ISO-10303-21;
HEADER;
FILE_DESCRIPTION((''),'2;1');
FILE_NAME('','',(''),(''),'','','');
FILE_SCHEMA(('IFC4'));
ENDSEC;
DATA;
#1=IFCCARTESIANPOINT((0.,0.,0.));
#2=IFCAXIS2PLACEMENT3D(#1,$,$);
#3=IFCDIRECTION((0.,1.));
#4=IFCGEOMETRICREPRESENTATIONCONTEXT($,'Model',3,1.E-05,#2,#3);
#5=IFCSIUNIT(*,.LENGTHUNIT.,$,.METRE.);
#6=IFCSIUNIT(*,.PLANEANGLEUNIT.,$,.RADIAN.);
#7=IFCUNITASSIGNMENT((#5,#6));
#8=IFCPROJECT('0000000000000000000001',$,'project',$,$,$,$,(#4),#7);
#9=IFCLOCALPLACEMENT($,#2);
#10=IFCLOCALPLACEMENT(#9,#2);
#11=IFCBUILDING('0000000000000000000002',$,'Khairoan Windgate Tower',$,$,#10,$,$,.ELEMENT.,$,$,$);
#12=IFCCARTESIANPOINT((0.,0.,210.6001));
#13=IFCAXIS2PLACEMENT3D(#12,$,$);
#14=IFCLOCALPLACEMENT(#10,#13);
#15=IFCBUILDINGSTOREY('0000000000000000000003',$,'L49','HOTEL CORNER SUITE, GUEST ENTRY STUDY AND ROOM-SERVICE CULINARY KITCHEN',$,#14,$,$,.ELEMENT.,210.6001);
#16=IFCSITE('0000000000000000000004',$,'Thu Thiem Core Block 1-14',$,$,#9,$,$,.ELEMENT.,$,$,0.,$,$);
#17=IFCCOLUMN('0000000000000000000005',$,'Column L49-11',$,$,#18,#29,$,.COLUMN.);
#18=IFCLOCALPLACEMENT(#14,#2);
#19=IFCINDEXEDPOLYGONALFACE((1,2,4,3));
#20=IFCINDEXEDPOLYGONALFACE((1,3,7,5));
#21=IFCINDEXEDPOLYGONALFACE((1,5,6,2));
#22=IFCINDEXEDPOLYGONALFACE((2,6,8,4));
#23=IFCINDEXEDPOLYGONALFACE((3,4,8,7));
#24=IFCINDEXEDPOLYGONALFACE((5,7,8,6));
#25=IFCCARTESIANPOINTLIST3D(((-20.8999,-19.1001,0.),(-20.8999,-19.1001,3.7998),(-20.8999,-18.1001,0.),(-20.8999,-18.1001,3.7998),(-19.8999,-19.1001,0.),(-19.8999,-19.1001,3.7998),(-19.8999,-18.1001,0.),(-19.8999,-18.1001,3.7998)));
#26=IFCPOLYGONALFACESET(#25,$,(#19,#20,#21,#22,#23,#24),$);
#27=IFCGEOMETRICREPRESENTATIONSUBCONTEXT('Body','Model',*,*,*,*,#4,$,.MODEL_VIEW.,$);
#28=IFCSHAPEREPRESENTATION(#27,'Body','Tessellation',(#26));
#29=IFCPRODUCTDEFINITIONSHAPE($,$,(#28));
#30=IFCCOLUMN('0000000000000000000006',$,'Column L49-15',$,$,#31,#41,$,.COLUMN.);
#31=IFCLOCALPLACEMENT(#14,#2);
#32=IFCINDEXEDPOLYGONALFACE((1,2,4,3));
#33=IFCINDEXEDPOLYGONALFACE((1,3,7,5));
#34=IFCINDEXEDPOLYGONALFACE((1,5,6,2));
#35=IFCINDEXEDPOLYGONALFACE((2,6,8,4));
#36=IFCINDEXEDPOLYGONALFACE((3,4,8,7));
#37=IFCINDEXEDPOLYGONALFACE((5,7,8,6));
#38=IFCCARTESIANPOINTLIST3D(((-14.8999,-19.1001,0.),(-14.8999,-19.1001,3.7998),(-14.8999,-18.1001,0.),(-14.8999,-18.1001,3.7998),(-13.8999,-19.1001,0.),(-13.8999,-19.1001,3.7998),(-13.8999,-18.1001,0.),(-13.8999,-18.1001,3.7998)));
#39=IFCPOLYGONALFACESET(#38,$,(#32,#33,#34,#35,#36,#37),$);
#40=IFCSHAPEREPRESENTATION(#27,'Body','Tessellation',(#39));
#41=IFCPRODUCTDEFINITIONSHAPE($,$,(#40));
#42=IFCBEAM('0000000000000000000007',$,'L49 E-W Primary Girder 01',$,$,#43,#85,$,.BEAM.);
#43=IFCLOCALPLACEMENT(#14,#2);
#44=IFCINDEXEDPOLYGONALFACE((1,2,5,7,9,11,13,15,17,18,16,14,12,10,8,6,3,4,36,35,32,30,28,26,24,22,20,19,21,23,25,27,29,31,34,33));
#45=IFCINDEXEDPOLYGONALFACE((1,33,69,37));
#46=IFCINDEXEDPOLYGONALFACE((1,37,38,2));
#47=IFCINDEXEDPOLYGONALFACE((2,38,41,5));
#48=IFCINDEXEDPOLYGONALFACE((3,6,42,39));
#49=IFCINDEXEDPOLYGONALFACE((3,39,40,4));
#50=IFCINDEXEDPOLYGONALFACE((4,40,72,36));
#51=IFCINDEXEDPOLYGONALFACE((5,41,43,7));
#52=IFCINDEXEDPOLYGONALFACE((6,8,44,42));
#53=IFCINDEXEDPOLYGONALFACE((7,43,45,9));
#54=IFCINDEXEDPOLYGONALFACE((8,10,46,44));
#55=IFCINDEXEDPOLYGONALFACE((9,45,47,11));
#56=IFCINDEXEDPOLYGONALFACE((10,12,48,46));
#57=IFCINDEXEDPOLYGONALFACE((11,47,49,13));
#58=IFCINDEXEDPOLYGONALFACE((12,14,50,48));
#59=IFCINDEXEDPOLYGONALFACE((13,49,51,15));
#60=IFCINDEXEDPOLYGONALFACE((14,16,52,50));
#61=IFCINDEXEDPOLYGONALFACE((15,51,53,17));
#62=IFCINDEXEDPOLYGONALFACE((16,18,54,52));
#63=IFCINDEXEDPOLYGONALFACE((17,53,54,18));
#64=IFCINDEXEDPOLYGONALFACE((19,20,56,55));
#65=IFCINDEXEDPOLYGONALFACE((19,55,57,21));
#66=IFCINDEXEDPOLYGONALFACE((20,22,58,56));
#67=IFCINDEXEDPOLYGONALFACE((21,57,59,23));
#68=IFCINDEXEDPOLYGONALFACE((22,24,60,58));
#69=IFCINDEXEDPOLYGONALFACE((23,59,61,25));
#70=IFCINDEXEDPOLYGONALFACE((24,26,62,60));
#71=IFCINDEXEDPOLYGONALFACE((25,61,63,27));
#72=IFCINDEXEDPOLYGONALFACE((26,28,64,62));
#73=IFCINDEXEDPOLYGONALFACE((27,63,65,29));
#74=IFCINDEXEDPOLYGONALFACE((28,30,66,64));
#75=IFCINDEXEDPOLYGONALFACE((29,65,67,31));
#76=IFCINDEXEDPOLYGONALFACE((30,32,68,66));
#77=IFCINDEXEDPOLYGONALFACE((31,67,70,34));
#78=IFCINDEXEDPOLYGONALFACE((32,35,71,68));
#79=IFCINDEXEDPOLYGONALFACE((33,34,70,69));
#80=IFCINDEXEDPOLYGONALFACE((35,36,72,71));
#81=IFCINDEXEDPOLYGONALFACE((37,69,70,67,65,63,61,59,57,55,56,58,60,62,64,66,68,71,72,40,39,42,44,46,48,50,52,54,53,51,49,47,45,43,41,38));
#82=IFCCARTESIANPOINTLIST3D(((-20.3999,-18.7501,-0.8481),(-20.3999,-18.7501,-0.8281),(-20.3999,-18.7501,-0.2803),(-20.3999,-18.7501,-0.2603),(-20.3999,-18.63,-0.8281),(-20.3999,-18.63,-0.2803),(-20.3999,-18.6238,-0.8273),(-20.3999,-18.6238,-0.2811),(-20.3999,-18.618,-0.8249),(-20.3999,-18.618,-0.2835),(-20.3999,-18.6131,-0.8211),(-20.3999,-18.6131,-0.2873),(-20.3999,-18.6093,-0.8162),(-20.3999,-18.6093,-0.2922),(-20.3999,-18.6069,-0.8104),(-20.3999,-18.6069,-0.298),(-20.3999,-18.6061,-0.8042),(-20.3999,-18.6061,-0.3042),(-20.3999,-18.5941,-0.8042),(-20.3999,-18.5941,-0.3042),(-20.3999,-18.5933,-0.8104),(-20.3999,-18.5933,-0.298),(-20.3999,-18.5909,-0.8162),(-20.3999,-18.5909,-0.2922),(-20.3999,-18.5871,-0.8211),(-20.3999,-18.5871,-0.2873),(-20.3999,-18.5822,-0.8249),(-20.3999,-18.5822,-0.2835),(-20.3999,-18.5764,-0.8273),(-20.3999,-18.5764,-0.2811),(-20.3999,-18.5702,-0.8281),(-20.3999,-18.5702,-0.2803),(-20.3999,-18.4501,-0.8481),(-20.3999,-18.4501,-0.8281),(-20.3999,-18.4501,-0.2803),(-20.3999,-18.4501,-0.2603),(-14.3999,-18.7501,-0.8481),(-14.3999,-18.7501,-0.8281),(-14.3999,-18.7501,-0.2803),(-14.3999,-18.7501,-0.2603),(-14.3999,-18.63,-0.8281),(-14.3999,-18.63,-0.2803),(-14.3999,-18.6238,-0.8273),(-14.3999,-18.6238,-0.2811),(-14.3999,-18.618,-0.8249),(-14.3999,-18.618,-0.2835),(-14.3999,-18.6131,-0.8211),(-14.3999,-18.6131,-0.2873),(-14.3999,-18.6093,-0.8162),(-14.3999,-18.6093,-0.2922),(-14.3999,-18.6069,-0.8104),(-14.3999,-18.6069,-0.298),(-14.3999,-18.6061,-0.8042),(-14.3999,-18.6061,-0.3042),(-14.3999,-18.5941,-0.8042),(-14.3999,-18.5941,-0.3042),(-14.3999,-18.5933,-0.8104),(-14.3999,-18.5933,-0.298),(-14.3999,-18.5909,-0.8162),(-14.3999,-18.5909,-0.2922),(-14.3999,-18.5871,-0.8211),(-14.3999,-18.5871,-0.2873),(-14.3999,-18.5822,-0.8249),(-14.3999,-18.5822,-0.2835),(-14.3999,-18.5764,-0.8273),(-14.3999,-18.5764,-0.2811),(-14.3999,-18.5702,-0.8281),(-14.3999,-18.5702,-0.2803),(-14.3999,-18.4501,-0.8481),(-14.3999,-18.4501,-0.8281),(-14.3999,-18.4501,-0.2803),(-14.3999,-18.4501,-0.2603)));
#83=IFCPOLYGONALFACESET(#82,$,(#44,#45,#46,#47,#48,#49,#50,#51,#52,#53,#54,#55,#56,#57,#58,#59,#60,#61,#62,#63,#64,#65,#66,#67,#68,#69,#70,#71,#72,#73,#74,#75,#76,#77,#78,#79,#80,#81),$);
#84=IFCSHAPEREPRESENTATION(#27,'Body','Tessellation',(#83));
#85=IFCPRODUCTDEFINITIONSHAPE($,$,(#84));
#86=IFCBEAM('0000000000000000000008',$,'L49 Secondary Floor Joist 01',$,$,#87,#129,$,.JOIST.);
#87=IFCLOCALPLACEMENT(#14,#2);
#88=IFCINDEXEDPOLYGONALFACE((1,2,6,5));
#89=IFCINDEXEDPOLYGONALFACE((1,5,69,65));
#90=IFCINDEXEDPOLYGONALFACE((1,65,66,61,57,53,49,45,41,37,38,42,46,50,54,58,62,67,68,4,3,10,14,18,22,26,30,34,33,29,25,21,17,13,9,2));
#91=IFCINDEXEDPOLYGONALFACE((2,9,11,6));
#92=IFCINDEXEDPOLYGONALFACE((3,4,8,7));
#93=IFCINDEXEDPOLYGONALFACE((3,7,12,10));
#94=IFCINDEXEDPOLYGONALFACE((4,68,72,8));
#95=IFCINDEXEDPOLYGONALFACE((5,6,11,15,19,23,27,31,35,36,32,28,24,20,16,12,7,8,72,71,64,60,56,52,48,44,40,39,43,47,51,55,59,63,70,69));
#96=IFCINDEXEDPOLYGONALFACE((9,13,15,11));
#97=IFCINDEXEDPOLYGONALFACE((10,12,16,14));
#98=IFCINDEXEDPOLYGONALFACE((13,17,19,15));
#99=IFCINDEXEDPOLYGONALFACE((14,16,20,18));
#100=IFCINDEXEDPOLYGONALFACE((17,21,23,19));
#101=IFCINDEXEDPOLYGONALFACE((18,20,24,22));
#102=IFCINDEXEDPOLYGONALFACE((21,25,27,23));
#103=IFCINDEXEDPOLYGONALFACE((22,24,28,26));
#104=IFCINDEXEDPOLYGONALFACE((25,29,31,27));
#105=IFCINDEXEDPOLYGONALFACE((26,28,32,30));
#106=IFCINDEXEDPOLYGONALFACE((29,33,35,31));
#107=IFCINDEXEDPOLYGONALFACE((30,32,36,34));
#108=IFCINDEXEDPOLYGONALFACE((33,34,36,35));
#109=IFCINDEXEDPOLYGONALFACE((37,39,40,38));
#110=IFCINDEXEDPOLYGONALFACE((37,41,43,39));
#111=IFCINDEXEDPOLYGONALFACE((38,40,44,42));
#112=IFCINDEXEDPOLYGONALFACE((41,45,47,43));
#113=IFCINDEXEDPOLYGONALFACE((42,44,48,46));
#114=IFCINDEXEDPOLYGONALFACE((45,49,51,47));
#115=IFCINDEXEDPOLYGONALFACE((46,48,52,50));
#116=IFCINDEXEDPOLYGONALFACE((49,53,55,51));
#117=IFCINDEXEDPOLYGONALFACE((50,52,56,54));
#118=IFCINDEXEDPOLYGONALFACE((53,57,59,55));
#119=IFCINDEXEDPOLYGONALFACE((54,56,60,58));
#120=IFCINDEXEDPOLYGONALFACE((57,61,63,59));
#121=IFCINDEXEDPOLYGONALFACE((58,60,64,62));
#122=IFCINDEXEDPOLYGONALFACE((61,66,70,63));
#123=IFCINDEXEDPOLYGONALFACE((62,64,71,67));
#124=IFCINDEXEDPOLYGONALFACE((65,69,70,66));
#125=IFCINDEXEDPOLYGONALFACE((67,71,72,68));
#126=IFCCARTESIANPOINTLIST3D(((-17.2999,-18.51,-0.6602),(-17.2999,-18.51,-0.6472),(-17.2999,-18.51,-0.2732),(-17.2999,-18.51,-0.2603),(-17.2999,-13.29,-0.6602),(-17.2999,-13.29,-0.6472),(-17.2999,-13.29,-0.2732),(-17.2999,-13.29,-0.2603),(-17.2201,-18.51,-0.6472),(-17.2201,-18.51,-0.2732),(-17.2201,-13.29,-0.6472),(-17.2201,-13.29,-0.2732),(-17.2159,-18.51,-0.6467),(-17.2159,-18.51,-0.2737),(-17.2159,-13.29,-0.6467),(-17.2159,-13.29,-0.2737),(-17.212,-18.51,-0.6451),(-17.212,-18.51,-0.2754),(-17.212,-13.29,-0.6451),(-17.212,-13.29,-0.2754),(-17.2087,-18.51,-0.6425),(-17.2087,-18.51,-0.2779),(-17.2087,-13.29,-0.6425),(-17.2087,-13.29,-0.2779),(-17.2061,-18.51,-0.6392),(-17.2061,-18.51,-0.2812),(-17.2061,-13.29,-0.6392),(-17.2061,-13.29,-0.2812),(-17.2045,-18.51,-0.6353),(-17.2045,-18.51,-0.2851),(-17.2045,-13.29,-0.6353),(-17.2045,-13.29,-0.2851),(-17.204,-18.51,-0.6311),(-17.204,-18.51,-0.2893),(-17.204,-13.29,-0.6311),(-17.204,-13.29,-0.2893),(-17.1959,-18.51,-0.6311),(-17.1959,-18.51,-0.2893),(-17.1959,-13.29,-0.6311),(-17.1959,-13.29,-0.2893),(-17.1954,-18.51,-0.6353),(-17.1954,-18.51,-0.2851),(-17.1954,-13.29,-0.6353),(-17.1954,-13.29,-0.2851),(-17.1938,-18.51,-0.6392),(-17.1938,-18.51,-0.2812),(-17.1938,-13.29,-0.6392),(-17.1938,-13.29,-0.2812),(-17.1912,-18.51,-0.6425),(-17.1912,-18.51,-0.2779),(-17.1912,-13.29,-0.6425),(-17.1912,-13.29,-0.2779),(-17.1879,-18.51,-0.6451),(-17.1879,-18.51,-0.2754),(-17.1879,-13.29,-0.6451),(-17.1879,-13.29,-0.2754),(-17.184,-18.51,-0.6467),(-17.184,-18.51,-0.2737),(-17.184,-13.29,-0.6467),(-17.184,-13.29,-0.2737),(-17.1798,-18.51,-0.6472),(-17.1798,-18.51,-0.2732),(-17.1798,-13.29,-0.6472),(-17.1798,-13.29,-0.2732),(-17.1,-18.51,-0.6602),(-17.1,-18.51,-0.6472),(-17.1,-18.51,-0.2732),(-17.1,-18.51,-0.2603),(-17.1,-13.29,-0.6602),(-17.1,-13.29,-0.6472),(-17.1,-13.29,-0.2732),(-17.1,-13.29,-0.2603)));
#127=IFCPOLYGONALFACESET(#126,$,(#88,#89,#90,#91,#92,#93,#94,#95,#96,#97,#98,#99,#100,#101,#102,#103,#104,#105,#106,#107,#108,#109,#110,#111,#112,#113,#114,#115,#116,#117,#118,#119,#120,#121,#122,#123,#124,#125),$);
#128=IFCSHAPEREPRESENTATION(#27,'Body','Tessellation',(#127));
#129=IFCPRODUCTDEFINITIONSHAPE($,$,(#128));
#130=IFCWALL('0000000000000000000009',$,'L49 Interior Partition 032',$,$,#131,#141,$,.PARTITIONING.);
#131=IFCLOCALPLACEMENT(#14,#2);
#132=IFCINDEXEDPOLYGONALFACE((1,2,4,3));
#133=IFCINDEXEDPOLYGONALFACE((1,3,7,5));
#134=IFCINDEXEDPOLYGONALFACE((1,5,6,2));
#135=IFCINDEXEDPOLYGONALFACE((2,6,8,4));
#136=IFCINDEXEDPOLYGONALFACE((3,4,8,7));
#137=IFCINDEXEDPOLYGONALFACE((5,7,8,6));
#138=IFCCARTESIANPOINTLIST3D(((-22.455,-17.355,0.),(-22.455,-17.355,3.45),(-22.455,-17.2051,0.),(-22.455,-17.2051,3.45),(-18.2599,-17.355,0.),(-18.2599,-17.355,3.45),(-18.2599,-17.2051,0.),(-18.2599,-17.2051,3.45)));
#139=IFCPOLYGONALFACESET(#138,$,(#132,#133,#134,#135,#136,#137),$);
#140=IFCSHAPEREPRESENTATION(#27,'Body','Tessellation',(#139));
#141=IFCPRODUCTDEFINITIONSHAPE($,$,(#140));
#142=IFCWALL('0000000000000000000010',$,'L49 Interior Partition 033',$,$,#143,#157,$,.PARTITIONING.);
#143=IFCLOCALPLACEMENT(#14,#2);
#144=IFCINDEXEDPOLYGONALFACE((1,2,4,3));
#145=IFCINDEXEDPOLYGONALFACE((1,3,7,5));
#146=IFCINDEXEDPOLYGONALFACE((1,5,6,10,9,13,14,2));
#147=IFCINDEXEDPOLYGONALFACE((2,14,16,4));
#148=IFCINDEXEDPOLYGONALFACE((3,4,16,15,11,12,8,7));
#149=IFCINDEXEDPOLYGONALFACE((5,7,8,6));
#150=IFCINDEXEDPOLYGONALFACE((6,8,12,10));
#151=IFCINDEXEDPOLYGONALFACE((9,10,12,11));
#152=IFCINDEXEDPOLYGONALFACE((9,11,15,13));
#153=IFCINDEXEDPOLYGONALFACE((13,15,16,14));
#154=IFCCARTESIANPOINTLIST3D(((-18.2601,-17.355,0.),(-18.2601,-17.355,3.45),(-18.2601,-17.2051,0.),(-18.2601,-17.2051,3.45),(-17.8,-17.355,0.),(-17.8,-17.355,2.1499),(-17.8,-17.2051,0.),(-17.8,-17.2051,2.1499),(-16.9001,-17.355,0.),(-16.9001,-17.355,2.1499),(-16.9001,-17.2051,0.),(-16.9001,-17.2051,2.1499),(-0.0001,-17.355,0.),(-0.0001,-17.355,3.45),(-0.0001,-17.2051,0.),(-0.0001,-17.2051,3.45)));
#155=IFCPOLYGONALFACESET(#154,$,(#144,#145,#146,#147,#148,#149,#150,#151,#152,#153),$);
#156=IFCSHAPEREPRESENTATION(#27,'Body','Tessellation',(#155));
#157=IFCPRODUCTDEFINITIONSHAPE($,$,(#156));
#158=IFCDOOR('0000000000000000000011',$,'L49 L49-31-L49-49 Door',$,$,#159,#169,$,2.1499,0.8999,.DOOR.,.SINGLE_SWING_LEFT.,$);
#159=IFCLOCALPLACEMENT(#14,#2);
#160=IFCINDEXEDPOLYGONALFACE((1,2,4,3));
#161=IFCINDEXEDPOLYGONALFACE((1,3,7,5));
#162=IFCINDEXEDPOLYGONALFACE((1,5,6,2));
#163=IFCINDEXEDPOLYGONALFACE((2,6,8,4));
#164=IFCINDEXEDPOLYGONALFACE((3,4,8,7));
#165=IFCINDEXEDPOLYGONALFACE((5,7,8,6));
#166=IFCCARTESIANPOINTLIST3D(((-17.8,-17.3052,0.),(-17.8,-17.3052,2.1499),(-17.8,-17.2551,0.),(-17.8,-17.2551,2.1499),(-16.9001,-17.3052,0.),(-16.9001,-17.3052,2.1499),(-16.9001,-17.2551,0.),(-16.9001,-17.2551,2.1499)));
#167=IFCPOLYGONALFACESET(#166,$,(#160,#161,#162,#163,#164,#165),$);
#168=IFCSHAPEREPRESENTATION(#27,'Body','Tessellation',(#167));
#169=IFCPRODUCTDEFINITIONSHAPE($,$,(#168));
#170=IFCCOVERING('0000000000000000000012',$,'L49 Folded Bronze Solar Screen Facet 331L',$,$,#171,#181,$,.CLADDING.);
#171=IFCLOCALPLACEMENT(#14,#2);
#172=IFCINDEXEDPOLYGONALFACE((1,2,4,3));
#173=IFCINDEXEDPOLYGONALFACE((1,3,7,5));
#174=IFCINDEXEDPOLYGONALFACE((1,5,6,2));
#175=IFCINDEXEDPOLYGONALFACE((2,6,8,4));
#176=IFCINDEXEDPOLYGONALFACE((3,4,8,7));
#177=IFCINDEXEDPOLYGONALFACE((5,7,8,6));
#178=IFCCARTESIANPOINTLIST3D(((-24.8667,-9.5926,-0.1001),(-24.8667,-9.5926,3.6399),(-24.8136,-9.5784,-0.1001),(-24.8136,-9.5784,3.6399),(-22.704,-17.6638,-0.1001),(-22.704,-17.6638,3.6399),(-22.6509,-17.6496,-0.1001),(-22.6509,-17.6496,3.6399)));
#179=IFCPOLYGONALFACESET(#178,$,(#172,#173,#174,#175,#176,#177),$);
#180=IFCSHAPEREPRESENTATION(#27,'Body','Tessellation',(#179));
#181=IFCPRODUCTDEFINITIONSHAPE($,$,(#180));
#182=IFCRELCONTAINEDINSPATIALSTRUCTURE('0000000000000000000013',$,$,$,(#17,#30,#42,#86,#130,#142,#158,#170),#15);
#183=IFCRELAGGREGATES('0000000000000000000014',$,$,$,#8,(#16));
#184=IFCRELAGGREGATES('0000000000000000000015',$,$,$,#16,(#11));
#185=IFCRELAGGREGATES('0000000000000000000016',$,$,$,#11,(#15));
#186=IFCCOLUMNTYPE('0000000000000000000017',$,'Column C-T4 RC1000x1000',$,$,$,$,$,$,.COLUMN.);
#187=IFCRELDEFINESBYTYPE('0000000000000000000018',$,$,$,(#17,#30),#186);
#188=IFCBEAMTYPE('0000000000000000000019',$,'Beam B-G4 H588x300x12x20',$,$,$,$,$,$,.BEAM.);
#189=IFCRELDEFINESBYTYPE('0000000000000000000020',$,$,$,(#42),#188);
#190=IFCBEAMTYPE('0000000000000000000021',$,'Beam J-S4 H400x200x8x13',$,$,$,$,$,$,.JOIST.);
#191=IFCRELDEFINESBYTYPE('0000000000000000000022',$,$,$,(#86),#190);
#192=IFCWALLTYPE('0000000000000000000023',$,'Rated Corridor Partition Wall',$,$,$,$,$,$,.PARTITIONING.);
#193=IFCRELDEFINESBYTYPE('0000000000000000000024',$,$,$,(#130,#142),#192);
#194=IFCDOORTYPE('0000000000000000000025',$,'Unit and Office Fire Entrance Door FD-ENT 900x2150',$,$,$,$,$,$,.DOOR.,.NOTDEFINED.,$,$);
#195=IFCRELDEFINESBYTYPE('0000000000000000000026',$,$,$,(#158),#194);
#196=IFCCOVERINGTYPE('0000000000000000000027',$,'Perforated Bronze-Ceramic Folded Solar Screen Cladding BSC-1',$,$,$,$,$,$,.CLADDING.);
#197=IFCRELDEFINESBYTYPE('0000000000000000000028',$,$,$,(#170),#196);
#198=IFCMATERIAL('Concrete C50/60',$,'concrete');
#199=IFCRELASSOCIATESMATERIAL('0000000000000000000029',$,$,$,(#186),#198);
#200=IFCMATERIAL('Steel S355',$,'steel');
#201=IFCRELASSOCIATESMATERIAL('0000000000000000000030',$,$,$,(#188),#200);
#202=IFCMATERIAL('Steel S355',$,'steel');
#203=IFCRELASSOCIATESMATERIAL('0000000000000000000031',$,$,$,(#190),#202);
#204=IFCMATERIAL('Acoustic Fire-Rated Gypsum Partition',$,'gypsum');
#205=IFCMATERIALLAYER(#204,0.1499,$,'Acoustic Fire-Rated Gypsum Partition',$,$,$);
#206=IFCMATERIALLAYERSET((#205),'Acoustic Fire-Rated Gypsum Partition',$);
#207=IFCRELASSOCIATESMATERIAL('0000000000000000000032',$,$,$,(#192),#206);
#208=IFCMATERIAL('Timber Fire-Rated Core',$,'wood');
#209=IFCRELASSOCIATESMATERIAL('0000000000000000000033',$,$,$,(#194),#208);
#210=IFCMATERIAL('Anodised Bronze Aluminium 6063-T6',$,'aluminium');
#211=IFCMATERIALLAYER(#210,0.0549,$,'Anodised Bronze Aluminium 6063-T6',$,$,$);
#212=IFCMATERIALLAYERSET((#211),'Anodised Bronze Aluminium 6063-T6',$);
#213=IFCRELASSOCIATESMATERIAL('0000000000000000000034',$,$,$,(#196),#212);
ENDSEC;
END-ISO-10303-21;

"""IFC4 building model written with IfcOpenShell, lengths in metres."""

from ifc_helpers import new_model, si_unit, direction, frame, frame_2d, origin, origin_2d, place, context, subcontext, project, spatial, rectangle, i_section, extrude, material, layer, layer_set, material_profile, profile_set, type_object, element, fill, save


model = new_model("IFC4")

# Units and contexts
model_context = context("Model", 3, precision=1e-05, world=origin(), true_north=direction((0.0, 1.0)))
body_context = subcontext(model_context, "Body", "Model", "MODEL_VIEW")
ifc_project = project(units=[si_unit("LENGTHUNIT", "METRE"), si_unit("PLANEANGLEUNIT", "RADIAN")], contexts=[model_context])

# Site, building, storey
site_placement = place(None, origin())
site = spatial("IfcSite", under=ifc_project, at=site_placement, Name="Thu Thiem Core Block 1-14", CompositionType="ELEMENT", RefElevation=0.0)
building_placement = place(site_placement, origin())
building = spatial("IfcBuilding", under=site, at=building_placement, Name="Khairoan Windgate Tower", CompositionType="ELEMENT")
storey_placement = place(building_placement, frame((0.0, 0.0, 210.6001)))
storey = spatial("IfcBuildingStorey", under=building, at=storey_placement, Name="L49", Description="HOTEL CORNER SUITE, GUEST ENTRY STUDY AND ROOM-SERVICE CULINARY KITCHEN", CompositionType="ELEMENT", Elevation=210.6001)

# Columns
ifc_material_1 = material(Name="Concrete C50/60", Category="concrete")
ifc_material_profile_1 = material_profile(ifc_material_1, rectangle(XDim=1.0, YDim=1.0, at=origin_2d()))
ifc_profile_set_1 = profile_set([ifc_material_profile_1], Name="Concrete C50/60")
column_type = type_object("IfcColumnType", Name="Column C-T4 RC1000x1000", PredefinedType="COLUMN", material=ifc_profile_set_1)
for number, where, z_axis, x_axis, name in (
    (1, (-20.3999, -18.6001, 0.0), (0.0, 0.0, 1.0), (1.0, 0.0, 0.0), "Column L49-11"),
    (2, (-14.3999, -18.6001, 0.0), (0.0, 0.0, 1.0), (1.0, 0.0, 0.0), "Column L49-15"),
):
    element("IfcColumn", number, at=place(storey_placement, frame(where, z_axis=z_axis, x_axis=x_axis)), inside=storey, type_object=column_type, Name=name, PredefinedType="COLUMN", context=body_context, shape_type="SweptSolid", body=[
        extrude(rectangle(XDim=1.0, YDim=1.0, at=origin_2d()), origin(), (0.0, 0.0, 1.0), 3.7998),
    ])

# Beams
ifc_material_2 = material(Name="Steel S355", Category="steel")
ifc_material_profile_2 = material_profile(ifc_material_2, i_section(OverallWidth=0.3, OverallDepth=0.5879, WebThickness=0.012, FlangeThickness=0.02, FilletRadius=0.0239, at=origin_2d()))
ifc_profile_set_2 = profile_set([ifc_material_profile_2], Name="Steel S355")
beam_type_1 = type_object("IfcBeamType", Name="Beam B-G4 H588x300x12x20", PredefinedType="BEAM", material=ifc_profile_set_2)
beam_1_placement = place(storey_placement, frame((-20.3999, -18.6001, -0.5542), z_axis=(1.0, 0.0, 0.0), x_axis=(0.0, 1.0, 0.0)))
element("IfcBeam", 3, at=beam_1_placement, inside=storey, type_object=beam_type_1, Name="L49 E-W Primary Girder 01", PredefinedType="BEAM", context=body_context, shape_type="SweptSolid", body=[
    extrude(i_section(OverallWidth=0.3, OverallDepth=0.5879, WebThickness=0.012, FlangeThickness=0.02, FilletRadius=0.0239, at=origin_2d()), origin(), (0.0, 0.0, 1.0), 6.0),
])
ifc_material_3 = material(Name="Steel S355", Category="steel")
ifc_material_profile_3 = material_profile(ifc_material_3, i_section(OverallWidth=0.2, OverallDepth=0.3999, WebThickness=0.0081, FlangeThickness=0.0129, FilletRadius=0.0161, at=origin_2d()))
ifc_profile_set_3 = profile_set([ifc_material_profile_3], Name="Steel S355")
beam_type_2 = type_object("IfcBeamType", Name="Beam J-S4 H400x200x8x13", PredefinedType="JOIST", material=ifc_profile_set_3)
beam_2_placement = place(storey_placement, frame((-17.2, -18.51, -0.4602), z_axis=(0.0, 1.0, 0.0), x_axis=(-1.0, 0.0, 0.0)))
element("IfcBeam", 4, at=beam_2_placement, inside=storey, type_object=beam_type_2, Name="L49 Secondary Floor Joist 01", PredefinedType="JOIST", context=body_context, shape_type="SweptSolid", body=[
    extrude(i_section(OverallWidth=0.2, OverallDepth=0.3999, WebThickness=0.0081, FlangeThickness=0.0129, FilletRadius=0.0161, at=origin_2d()), origin(), (0.0, 0.0, 1.0), 5.22),
])

# Wall
ifc_material_4 = material(Name="Acoustic Fire-Rated Gypsum Partition", Category="gypsum")
ifc_layer_1 = layer(ifc_material_4, 0.1499, Name="Acoustic Fire-Rated Gypsum Partition")
ifc_layer_set_1 = layer_set([ifc_layer_1], Name="Acoustic Fire-Rated Gypsum Partition")
wall_type = type_object("IfcWallType", Name="Rated Corridor Partition Wall", PredefinedType="PARTITIONING", material=ifc_layer_set_1)
wall_1_placement = place(storey_placement, frame((-22.4551, -17.28, 0.0), z_axis=(0.0, 0.0, 1.0), x_axis=(1.0, 0.0, 0.0)))
element("IfcWall", 5, at=wall_1_placement, inside=storey, type_object=wall_type, Name="L49 Interior Partition 032", PredefinedType="PARTITIONING", context=body_context, shape_type="SweptSolid", body=[
    extrude(rectangle(XDim=4.1951, YDim=0.1499, at=frame_2d((2.0977, 0.0))), origin(), (0.0, 0.0, 1.0), 3.45),
])

# Wall, opening, door
wall_2_placement = place(storey_placement, frame((-18.26, -17.28, 0.0), z_axis=(0.0, 0.0, 1.0), x_axis=(1.0, 0.0, 0.0)))
wall_2 = element("IfcWall", 6, at=wall_2_placement, inside=storey, type_object=wall_type, Name="L49 Interior Partition 033", PredefinedType="PARTITIONING", context=body_context, shape_type="SweptSolid", body=[
    extrude(rectangle(XDim=18.26, YDim=0.1499, at=frame_2d((9.1299, 0.0))), origin(), (0.0, 0.0, 1.0), 3.45),
])
opening_1_placement = place(wall_2_placement, frame((0.46, 0.0, 0.0)))
opening_1 = element("IfcOpeningElement", 7, at=opening_1_placement, cuts=wall_2, PredefinedType="OPENING", context=body_context, shape_type="SweptSolid", body=[
    extrude(rectangle(XDim=0.8999, YDim=2.1499, at=frame_2d((0.45, 1.075))), frame((0.0, 0.085, 0.0), z_axis=(0.0, -1.0, 0.0), x_axis=(1.0, 0.0, 0.0)), (0.0, 0.0, 1.0), 0.1699),
])
ifc_material_5 = material(Name="Timber Fire-Rated Core", Category="wood")
door_type = type_object("IfcDoorType", Name="Unit and Office Fire Entrance Door FD-ENT 900x2150", OperationType="NOTDEFINED", PredefinedType="DOOR", material=ifc_material_5)
door_1_placement = place(opening_1_placement, origin())
door_1 = element("IfcDoor", 8, at=door_1_placement, inside=storey, type_object=door_type, Name="L49 L49-31-L49-49 Door", OperationType="SINGLE_SWING_LEFT", OverallHeight=2.1499, OverallWidth=0.8999, PredefinedType="DOOR", context=body_context, shape_type="SweptSolid", body=[
    extrude(rectangle(XDim=0.8999, YDim=2.1499, at=frame_2d((0.45, 1.075))), frame((0.0, 0.0249, 0.0), z_axis=(0.0, -1.0, 0.0), x_axis=(1.0, 0.0, 0.0)), (0.0, 0.0, 1.0), 0.05),
])
fill(opening_1, door_1)

# Covering
ifc_material_6 = material(Name="Anodised Bronze Aluminium 6063-T6", Category="aluminium")
ifc_layer_2 = layer(ifc_material_6, 0.0549, Name="Anodised Bronze Aluminium 6063-T6")
ifc_layer_set_2 = layer_set([ifc_layer_2], Name="Anodised Bronze Aluminium 6063-T6")
covering_type = type_object("IfcCoveringType", Name="Perforated Bronze-Ceramic Folded Solar Screen Cladding BSC-1", PredefinedType="CLADDING", material=ifc_layer_set_2)
covering_placement = place(storey_placement, frame((-23.7588, -13.6211, -0.1001), z_axis=(0.0, 0.0, 1.0), x_axis=(-0.258819, 0.965926, 0.0)))
element("IfcCovering", 9, at=covering_placement, inside=storey, type_object=covering_type, Name="L49 Folded Bronze Solar Screen Facet 331L", PredefinedType="CLADDING", context=body_context, shape_type="SweptSolid", body=[
    extrude(rectangle(XDim=8.356, YDim=0.0549, at=origin_2d()), origin(), (0.0, 0.0, 1.0), 3.74),
])

save(model, "model.ifc")
